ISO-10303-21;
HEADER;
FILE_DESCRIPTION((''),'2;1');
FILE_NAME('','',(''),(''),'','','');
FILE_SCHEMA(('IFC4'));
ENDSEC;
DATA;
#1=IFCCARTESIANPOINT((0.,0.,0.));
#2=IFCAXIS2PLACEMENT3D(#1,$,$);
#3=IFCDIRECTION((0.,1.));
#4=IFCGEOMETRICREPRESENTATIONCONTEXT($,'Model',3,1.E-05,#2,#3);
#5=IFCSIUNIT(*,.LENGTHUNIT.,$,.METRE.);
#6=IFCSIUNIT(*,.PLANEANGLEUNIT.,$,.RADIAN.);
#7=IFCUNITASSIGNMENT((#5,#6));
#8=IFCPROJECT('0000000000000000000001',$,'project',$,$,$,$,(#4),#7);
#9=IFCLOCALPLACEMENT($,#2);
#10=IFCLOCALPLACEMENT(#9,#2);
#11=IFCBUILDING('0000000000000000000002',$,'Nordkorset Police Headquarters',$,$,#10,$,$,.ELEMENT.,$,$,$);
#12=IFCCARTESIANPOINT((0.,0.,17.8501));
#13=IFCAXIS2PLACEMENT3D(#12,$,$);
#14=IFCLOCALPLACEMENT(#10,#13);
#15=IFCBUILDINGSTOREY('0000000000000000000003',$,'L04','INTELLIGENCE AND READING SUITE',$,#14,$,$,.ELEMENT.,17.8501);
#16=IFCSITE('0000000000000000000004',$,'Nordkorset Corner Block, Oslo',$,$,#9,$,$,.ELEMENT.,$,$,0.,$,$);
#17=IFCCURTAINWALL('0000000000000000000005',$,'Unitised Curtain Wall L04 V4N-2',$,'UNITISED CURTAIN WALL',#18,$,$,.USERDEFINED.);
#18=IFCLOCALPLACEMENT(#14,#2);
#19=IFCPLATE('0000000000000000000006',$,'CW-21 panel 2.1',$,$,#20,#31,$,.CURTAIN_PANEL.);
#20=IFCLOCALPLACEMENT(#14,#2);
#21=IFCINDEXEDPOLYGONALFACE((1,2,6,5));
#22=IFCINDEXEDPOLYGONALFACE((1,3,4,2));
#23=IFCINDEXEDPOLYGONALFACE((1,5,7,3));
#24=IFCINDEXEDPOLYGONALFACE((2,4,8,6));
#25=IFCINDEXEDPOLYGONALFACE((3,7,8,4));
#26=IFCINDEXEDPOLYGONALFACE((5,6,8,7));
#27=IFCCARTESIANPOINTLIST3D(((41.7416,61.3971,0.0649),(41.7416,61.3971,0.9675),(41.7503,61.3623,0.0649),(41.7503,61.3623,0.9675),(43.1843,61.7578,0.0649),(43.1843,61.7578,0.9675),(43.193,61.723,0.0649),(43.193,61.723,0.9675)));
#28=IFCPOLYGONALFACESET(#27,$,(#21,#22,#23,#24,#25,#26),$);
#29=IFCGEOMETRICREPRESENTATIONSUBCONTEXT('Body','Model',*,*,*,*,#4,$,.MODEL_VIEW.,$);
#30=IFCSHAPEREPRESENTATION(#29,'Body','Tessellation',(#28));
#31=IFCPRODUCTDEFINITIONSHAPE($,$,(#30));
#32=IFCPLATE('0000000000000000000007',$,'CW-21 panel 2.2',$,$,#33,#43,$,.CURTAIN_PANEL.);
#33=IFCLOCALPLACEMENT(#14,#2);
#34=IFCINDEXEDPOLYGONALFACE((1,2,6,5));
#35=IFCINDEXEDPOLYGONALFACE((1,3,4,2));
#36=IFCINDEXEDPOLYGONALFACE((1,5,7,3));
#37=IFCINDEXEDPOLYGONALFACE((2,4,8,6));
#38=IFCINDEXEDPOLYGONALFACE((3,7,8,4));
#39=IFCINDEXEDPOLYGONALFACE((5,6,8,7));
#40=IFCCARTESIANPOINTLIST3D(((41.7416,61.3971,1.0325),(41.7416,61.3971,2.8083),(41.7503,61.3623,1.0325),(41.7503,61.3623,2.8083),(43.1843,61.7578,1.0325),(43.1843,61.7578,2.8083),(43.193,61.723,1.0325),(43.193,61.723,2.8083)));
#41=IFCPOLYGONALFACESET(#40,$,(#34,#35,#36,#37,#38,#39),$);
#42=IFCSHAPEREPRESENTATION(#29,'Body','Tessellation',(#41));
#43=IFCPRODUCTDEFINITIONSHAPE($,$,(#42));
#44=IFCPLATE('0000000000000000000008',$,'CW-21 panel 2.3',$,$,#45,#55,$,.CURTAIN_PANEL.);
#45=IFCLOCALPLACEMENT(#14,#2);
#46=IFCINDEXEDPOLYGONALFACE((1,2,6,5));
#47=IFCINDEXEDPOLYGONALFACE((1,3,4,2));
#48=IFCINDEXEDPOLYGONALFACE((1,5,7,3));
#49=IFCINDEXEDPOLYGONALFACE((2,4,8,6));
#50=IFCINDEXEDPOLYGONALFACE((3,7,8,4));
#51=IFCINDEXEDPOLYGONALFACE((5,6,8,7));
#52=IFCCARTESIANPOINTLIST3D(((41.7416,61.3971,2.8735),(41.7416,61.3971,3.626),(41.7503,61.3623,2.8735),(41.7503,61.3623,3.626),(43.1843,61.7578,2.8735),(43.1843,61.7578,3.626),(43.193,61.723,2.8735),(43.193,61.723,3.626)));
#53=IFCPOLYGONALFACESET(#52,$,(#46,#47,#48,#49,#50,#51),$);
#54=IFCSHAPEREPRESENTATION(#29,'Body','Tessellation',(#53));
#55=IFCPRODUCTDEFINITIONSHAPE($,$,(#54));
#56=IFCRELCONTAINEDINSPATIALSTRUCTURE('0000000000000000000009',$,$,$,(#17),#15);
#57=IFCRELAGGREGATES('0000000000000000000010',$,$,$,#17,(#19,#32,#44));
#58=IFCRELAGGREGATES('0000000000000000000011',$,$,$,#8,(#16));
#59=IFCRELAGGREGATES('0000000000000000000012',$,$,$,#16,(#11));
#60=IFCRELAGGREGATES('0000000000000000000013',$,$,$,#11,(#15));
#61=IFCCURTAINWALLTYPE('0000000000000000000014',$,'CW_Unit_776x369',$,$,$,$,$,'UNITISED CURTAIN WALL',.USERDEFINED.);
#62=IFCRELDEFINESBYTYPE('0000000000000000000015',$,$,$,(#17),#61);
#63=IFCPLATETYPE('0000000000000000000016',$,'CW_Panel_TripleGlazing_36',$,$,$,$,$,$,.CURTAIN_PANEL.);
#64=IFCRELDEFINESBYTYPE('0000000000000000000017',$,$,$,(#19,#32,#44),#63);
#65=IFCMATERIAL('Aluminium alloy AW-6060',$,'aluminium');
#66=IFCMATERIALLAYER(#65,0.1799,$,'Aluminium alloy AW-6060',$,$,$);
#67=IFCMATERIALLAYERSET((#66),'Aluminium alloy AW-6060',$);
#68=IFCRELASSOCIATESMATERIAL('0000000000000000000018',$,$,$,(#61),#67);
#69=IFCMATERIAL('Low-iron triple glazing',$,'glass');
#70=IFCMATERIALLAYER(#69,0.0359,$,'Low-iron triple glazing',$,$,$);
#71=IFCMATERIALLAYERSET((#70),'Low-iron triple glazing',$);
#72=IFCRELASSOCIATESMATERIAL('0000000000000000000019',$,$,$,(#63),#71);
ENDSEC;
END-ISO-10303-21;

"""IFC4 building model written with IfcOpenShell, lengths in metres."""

from ifc_helpers import new_model, si_unit, direction, frame, origin, origin_2d, place, context, subcontext, project, spatial, rectangle, extrude, material, layer, layer_set, type_object, element, aggregate, save


model = new_model("IFC4")

# Units and contexts
model_context = context("Model", 3, precision=1e-05, world=origin(), true_north=direction((0.0, 1.0)))
body_context = subcontext(model_context, "Body", "Model", "MODEL_VIEW")
ifc_project = project(units=[si_unit("LENGTHUNIT", "METRE"), si_unit("PLANEANGLEUNIT", "RADIAN")], contexts=[model_context])

# Site, building, storey
site_placement = place(None, origin())
site = spatial("IfcSite", under=ifc_project, at=site_placement, Name="Nordkorset Corner Block, Oslo", CompositionType="ELEMENT", RefElevation=0.0)
building_placement = place(site_placement, origin())
building = spatial("IfcBuilding", under=site, at=building_placement, Name="Nordkorset Police Headquarters", CompositionType="ELEMENT")
storey_placement = place(building_placement, frame((0.0, 0.0, 17.8501)))
storey = spatial("IfcBuildingStorey", under=building, at=storey_placement, Name="L04", Description="INTELLIGENCE AND READING SUITE", CompositionType="ELEMENT", Elevation=17.8501)

# Curtain wall
ifc_material_1 = material(Name="Aluminium alloy AW-6060", Category="aluminium")
ifc_layer_1 = layer(ifc_material_1, 0.1799, Name="Aluminium alloy AW-6060")
ifc_layer_set_1 = layer_set([ifc_layer_1], Name="Aluminium alloy AW-6060")
curtain_wall_type_1 = type_object("IfcCurtainWallType", Name="CW_Unit_776x369", ElementType="UNITISED CURTAIN WALL", PredefinedType="USERDEFINED", material=ifc_layer_set_1)
curtain_wall_1_placement = place(storey_placement, origin())
curtain_wall_1 = element("IfcCurtainWall", 1, at=curtain_wall_1_placement, inside=storey, type_object=curtain_wall_type_1, Name="Unitised Curtain Wall L04 V4N-2", ObjectType="UNITISED CURTAIN WALL", PredefinedType="USERDEFINED")

# Plates
ifc_material_2 = material(Name="Low-iron triple glazing", Category="glass")
ifc_layer_2 = layer(ifc_material_2, 0.0359, Name="Low-iron triple glazing")
ifc_layer_set_2 = layer_set([ifc_layer_2], Name="Low-iron triple glazing")
plate_type = type_object("IfcPlateType", Name="CW_Panel_TripleGlazing_36", PredefinedType="CURTAIN_PANEL", material=ifc_layer_set_2)
plate_1_placement = place(storey_placement, frame((42.4673, 61.5601, 0.0649), z_axis=(0.0, 0.0, 1.0), x_axis=(0.970142, 0.242536, 0.0)))
plate_1 = element("IfcPlate", 2, at=plate_1_placement, type_object=plate_type, Name="CW-21 panel 2.1", PredefinedType="CURTAIN_PANEL", context=body_context, shape_type="SweptSolid", body=[
    extrude(rectangle(XDim=1.4871, YDim=0.0359, at=origin_2d()), origin(), (0.0, 0.0, 1.0), 0.9026),
])
plate_2_placement = place(storey_placement, frame((42.4673, 61.5601, 1.0325), z_axis=(0.0, 0.0, 1.0), x_axis=(0.970142, 0.242536, 0.0)))
plate_2 = element("IfcPlate", 3, at=plate_2_placement, type_object=plate_type, Name="CW-21 panel 2.2", PredefinedType="CURTAIN_PANEL", context=body_context, shape_type="SweptSolid", body=[
    extrude(rectangle(XDim=1.4871, YDim=0.0359, at=origin_2d()), origin(), (0.0, 0.0, 1.0), 1.7759),
])
plate_3_placement = place(storey_placement, frame((42.4673, 61.5601, 2.8735), z_axis=(0.0, 0.0, 1.0), x_axis=(0.970142, 0.242536, 0.0)))
plate_3 = element("IfcPlate", 4, at=plate_3_placement, type_object=plate_type, Name="CW-21 panel 2.3", PredefinedType="CURTAIN_PANEL", context=body_context, shape_type="SweptSolid", body=[
    extrude(rectangle(XDim=1.4871, YDim=0.0359, at=origin_2d()), origin(), (0.0, 0.0, 1.0), 0.7524),
])
aggregate(curtain_wall_1, [plate_1, plate_2, plate_3])

save(model, "model.ifc")
